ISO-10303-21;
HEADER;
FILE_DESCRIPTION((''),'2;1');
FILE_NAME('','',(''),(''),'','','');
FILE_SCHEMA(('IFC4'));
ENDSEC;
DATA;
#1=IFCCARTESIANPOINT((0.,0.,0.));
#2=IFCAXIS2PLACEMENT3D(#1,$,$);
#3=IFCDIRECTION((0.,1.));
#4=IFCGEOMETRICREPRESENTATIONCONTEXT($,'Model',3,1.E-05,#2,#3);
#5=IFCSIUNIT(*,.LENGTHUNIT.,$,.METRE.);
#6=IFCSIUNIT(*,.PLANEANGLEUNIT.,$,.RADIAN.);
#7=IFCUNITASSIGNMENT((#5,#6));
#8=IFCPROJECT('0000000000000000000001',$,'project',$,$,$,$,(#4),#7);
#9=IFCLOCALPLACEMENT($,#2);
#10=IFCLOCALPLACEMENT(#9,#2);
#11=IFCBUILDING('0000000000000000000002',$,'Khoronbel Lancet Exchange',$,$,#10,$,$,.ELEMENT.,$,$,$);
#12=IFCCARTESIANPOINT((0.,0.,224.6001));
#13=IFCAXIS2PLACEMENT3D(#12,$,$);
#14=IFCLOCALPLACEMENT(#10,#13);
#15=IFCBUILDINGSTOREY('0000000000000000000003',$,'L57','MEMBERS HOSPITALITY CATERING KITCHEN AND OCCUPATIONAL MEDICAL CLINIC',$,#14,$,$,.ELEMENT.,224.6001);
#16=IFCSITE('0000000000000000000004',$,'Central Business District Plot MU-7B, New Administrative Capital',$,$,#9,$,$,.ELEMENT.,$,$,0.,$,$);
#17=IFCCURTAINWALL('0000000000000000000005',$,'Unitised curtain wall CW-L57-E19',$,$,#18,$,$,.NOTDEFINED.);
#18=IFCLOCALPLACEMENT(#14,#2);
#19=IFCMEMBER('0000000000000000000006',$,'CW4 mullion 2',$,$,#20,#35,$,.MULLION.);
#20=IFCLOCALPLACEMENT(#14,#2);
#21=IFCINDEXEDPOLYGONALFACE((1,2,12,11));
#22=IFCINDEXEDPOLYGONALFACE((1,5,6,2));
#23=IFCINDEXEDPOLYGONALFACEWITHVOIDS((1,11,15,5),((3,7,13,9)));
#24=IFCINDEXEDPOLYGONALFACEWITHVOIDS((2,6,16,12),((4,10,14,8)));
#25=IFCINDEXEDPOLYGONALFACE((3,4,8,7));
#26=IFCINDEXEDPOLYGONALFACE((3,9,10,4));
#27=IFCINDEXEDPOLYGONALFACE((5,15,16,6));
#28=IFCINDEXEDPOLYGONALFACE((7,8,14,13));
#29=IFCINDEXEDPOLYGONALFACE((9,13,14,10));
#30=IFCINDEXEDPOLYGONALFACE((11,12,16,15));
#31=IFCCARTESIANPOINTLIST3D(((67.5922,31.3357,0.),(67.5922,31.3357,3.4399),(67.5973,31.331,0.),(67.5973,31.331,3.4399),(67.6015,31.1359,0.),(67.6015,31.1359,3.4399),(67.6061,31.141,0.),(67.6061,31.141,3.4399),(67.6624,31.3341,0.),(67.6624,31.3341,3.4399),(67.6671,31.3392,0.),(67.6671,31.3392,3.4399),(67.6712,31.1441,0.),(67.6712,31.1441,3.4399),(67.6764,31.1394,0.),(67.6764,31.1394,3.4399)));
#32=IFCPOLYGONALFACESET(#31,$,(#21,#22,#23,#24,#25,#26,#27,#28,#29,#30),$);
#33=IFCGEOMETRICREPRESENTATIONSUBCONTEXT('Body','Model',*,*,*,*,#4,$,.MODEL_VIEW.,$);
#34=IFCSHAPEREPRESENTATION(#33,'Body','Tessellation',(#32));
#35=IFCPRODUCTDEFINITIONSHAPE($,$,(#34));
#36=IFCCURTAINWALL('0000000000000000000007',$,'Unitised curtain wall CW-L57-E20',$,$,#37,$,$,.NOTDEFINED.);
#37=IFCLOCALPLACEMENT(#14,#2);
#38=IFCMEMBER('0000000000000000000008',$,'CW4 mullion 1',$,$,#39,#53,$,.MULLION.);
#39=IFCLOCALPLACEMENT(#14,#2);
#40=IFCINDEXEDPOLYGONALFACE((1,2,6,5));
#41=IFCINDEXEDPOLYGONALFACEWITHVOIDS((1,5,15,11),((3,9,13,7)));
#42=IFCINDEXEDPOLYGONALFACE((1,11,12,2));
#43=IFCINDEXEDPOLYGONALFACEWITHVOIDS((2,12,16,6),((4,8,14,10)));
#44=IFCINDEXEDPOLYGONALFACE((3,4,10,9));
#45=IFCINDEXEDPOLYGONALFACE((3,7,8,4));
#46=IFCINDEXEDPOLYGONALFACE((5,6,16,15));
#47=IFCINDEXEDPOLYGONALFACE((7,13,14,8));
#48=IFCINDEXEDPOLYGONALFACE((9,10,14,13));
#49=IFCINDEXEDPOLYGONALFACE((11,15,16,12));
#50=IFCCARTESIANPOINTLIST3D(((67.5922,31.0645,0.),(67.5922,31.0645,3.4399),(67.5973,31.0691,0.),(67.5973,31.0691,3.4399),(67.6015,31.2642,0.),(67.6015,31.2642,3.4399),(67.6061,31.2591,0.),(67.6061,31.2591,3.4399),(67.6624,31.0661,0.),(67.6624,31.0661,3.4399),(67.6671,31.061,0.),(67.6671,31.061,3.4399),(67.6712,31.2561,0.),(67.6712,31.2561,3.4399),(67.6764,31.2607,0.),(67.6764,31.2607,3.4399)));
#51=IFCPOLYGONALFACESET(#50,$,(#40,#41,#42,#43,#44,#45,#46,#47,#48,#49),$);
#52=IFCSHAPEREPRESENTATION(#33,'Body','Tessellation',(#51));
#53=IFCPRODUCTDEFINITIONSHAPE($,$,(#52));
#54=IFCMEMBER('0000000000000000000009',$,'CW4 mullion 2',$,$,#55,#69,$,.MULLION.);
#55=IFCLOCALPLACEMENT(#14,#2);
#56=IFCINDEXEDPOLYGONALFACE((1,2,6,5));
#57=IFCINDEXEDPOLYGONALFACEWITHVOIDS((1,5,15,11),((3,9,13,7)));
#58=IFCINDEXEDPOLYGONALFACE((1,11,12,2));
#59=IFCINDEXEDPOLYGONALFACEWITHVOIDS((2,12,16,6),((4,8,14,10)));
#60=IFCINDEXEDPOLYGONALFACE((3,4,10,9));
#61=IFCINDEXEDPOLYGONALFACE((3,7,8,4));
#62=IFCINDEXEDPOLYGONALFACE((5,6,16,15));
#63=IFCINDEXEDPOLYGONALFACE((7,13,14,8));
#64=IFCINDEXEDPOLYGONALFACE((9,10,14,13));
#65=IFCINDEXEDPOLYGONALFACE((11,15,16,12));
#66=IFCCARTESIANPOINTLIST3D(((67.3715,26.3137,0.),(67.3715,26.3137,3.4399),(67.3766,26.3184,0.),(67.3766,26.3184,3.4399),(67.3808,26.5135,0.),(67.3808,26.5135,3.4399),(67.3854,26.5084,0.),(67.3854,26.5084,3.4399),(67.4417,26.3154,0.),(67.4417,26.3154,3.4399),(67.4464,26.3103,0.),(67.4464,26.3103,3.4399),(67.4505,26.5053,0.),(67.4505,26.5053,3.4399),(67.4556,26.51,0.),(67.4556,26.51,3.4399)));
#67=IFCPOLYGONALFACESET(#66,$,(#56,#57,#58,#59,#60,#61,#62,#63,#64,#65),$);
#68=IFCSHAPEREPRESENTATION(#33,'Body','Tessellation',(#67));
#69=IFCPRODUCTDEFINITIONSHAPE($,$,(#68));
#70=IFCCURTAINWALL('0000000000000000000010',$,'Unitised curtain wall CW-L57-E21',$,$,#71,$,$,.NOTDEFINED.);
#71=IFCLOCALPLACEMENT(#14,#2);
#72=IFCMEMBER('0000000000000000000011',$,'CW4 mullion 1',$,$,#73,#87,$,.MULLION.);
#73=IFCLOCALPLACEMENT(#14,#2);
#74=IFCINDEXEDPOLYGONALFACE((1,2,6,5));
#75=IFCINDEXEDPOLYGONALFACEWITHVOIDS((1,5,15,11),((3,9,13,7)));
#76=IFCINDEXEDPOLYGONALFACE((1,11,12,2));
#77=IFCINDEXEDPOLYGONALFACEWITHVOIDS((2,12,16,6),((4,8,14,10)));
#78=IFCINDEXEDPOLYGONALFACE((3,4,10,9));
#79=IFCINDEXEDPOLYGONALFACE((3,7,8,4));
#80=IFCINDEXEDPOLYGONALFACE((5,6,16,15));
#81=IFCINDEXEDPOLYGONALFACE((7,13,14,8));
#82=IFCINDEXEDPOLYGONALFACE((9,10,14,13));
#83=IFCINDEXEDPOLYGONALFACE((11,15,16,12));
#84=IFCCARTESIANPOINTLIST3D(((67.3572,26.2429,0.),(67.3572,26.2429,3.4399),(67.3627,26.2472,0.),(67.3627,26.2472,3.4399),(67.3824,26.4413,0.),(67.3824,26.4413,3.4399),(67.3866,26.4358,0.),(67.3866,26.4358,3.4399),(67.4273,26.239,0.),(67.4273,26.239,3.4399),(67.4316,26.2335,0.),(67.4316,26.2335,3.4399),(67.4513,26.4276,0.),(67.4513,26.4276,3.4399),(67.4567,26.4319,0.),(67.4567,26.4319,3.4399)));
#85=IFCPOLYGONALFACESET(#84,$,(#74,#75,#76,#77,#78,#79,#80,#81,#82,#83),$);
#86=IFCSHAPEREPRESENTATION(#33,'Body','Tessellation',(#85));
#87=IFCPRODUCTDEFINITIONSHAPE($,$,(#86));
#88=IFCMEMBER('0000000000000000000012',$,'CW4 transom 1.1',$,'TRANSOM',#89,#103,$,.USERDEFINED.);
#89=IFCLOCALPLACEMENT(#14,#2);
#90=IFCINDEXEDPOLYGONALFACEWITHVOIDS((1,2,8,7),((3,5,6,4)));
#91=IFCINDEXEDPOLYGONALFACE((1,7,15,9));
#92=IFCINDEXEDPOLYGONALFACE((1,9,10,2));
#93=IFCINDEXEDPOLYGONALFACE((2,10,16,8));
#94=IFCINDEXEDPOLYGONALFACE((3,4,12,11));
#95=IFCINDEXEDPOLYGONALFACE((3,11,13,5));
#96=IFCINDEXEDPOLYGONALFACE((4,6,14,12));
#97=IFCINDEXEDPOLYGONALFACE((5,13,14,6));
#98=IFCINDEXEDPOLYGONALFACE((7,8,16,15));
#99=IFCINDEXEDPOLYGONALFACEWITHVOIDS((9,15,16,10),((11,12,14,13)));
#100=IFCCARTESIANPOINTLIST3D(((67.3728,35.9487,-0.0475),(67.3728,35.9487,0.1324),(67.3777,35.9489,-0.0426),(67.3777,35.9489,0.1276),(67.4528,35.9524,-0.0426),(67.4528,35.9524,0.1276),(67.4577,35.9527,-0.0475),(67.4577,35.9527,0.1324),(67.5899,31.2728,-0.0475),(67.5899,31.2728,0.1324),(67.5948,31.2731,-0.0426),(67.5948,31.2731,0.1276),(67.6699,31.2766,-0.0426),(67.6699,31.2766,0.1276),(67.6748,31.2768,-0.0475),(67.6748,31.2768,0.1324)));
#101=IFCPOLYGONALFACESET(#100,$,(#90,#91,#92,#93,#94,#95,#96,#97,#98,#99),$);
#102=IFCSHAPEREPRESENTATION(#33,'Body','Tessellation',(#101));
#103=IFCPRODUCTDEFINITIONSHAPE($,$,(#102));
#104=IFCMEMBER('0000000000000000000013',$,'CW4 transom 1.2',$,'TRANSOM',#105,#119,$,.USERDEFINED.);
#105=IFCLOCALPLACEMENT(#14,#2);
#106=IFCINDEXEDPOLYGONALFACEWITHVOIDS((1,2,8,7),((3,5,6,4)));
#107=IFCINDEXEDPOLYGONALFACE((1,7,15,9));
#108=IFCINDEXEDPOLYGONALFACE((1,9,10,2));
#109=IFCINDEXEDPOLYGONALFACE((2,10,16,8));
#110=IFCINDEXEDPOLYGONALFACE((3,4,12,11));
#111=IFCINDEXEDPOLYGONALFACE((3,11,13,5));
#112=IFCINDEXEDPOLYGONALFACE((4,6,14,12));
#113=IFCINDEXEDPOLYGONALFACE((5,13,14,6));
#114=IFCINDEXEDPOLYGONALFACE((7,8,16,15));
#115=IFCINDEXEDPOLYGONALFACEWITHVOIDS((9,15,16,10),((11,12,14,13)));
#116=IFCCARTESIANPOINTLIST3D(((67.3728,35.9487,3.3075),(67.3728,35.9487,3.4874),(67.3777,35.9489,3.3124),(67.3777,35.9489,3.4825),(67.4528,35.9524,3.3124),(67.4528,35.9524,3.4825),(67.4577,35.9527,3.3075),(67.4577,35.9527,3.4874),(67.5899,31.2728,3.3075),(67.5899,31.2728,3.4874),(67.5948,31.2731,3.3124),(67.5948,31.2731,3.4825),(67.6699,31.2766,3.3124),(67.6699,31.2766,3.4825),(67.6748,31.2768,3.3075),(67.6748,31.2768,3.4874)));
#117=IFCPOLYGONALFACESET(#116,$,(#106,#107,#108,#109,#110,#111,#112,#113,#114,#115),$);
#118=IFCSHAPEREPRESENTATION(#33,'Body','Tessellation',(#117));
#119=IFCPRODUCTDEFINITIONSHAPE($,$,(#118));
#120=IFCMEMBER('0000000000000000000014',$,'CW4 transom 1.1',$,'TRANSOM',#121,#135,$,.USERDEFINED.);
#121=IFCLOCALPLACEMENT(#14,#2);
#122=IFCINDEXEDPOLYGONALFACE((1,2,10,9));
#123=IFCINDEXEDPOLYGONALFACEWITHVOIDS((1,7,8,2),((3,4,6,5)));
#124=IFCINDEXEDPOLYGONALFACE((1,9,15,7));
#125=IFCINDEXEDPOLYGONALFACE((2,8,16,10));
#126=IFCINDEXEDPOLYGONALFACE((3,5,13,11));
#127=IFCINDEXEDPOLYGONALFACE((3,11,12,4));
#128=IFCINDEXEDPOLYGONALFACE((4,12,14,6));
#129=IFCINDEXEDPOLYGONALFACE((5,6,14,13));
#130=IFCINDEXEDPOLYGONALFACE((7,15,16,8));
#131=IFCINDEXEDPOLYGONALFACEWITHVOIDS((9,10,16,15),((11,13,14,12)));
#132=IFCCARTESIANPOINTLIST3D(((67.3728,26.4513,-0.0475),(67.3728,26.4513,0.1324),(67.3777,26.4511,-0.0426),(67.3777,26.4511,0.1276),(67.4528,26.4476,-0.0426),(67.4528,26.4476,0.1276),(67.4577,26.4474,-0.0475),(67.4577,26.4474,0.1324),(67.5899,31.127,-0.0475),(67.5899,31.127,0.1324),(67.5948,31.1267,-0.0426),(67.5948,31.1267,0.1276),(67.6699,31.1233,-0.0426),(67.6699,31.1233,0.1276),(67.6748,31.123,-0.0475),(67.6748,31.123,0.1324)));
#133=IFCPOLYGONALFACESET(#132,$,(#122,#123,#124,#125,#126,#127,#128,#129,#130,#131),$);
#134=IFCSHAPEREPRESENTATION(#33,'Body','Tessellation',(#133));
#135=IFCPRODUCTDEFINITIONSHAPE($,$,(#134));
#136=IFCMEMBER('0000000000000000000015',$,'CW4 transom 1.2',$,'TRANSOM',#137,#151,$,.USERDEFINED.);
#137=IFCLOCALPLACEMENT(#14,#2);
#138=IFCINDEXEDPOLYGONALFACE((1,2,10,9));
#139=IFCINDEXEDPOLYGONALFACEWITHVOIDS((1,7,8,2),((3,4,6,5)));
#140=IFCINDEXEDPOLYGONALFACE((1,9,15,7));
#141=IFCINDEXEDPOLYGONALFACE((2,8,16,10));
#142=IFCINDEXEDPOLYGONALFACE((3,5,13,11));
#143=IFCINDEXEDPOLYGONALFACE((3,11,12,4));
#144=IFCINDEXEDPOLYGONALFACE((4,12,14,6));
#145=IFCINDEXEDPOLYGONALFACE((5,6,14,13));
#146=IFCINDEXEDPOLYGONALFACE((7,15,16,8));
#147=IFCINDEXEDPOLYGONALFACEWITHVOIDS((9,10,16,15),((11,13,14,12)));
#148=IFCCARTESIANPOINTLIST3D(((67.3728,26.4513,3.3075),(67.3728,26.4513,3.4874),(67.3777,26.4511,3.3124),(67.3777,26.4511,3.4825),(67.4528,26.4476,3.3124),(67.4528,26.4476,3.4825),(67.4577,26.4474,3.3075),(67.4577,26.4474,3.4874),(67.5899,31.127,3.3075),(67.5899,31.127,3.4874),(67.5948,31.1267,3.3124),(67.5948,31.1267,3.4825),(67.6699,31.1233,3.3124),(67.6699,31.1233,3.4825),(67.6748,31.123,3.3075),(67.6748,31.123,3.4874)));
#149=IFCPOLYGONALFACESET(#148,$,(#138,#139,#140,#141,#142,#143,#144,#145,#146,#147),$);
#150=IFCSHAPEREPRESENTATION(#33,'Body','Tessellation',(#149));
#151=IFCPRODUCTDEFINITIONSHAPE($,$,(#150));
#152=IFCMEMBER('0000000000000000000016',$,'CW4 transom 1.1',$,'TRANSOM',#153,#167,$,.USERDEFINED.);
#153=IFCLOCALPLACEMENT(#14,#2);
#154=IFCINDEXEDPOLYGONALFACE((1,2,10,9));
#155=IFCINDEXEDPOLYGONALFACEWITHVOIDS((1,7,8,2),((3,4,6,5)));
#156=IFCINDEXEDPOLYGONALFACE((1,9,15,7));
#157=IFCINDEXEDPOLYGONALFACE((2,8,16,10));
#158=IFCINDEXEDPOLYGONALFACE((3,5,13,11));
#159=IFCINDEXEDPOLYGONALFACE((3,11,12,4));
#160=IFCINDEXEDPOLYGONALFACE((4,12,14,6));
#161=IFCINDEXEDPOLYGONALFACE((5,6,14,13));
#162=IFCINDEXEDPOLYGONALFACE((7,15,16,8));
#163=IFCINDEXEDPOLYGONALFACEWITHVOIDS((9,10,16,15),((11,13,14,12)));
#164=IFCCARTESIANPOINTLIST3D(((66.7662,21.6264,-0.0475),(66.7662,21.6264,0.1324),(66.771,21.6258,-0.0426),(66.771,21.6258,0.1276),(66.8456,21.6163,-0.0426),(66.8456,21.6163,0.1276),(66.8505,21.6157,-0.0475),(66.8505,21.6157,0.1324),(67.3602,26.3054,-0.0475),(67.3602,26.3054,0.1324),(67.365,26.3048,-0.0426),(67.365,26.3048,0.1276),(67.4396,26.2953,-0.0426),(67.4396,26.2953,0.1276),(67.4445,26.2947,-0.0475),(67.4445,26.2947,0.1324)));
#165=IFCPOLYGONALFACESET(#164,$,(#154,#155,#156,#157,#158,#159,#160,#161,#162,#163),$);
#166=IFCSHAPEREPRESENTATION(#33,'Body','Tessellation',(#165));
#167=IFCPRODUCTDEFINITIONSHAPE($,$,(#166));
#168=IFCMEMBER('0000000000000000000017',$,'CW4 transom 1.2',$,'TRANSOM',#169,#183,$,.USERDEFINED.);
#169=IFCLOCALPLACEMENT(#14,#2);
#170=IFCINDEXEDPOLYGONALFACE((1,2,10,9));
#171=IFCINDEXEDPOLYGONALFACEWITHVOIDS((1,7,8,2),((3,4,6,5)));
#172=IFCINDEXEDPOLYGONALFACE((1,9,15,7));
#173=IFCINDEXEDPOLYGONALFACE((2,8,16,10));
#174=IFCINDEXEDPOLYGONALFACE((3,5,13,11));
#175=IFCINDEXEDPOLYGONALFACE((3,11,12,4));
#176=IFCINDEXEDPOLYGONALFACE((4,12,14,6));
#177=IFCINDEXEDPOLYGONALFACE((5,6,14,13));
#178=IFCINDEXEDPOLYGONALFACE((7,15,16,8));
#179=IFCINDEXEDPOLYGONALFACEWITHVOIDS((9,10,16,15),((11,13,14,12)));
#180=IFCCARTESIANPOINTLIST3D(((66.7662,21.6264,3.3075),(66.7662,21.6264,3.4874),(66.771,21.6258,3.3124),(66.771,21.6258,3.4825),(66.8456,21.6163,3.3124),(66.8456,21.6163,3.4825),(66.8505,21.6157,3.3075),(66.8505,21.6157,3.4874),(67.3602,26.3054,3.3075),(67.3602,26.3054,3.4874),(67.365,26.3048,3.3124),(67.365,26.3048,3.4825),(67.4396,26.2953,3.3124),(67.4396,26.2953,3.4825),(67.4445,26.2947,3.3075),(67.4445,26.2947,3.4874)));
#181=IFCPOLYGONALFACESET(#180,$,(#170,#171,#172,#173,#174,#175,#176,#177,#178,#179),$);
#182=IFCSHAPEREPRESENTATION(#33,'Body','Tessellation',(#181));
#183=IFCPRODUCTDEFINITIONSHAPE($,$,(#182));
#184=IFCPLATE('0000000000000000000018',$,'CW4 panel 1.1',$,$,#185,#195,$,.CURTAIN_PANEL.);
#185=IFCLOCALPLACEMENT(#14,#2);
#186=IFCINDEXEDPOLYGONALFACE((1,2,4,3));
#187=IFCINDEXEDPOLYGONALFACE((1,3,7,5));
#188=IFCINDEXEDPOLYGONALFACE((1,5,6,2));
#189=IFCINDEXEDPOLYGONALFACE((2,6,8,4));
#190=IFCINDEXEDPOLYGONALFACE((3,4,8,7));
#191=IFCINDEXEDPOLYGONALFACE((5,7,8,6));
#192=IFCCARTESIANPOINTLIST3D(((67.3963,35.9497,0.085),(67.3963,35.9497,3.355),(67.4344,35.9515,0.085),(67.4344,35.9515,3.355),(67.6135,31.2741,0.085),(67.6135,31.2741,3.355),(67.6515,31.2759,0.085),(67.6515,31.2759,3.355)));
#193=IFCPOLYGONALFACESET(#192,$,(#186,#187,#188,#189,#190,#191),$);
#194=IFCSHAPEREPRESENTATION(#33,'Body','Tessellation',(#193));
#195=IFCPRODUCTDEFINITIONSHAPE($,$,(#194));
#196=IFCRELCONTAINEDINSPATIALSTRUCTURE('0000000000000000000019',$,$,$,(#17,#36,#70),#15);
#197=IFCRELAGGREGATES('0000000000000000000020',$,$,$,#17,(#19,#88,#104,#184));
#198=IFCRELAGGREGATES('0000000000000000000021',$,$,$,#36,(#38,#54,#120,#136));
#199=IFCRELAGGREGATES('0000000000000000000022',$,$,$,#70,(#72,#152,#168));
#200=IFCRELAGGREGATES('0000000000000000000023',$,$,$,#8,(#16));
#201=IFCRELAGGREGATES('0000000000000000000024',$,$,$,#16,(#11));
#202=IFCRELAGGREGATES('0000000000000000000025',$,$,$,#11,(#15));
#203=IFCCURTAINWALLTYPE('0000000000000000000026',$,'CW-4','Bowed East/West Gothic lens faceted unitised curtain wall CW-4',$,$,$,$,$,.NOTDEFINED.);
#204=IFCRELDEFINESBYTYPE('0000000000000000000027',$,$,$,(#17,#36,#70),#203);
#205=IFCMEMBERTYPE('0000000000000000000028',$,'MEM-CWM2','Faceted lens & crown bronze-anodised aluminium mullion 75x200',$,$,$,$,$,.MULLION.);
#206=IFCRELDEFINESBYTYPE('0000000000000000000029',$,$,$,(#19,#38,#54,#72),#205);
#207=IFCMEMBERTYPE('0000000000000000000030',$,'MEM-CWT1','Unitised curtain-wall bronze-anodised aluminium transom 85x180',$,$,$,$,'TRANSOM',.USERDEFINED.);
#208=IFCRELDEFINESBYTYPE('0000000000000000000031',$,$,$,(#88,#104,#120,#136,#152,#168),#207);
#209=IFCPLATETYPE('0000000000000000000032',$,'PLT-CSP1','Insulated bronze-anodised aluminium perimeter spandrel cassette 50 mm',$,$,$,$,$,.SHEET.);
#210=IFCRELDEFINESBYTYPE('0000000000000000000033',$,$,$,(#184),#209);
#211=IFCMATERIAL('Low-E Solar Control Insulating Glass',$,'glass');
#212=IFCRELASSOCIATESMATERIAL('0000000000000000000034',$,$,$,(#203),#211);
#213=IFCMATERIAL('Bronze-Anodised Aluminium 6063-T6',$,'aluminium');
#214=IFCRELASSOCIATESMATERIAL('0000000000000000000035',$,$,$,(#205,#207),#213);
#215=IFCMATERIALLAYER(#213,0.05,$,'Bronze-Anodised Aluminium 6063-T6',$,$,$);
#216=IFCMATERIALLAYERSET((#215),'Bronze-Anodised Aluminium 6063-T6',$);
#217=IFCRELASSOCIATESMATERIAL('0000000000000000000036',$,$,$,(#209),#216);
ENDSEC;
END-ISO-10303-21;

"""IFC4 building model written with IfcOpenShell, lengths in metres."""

from ifc_helpers import new_model, si_unit, direction, frame, origin, origin_2d, place, context, subcontext, project, spatial, rectangle, hollow_rectangle, extrude, material, layer, layer_set, material_profile, profile_set, type_object, element, aggregate, save


model = new_model("IFC4")

# Units and contexts
model_context = context("Model", 3, precision=1e-05, world=origin(), true_north=direction((0.0, 1.0)))
body_context = subcontext(model_context, "Body", "Model", "MODEL_VIEW")
ifc_project = project(units=[si_unit("LENGTHUNIT", "METRE"), si_unit("PLANEANGLEUNIT", "RADIAN")], contexts=[model_context])

# Site, building, storey
site_placement = place(None, origin())
site = spatial("IfcSite", under=ifc_project, at=site_placement, Name="Central Business District Plot MU-7B, New Administrative Capital", CompositionType="ELEMENT", RefElevation=0.0)
building_placement = place(site_placement, origin())
building = spatial("IfcBuilding", under=site, at=building_placement, Name="Khoronbel Lancet Exchange", CompositionType="ELEMENT")
storey_placement = place(building_placement, frame((0.0, 0.0, 224.6001)))
storey = spatial("IfcBuildingStorey", under=building, at=storey_placement, Name="L57", Description="MEMBERS HOSPITALITY CATERING KITCHEN AND OCCUPATIONAL MEDICAL CLINIC", CompositionType="ELEMENT", Elevation=224.6001)

# Curtain walls, members
ifc_material_1 = material(Name="Low-E Solar Control Insulating Glass", Category="glass")
curtain_wall_type = type_object("IfcCurtainWallType", Name="CW-4", Description="Bowed East/West Gothic lens faceted unitised curtain wall CW-4", PredefinedType="NOTDEFINED", material=ifc_material_1)
curtain_wall_1_placement = place(storey_placement, origin())
curtain_wall_1 = element("IfcCurtainWall", 1, at=curtain_wall_1_placement, inside=storey, type_object=curtain_wall_type, Name="Unitised curtain wall CW-L57-E19", PredefinedType="NOTDEFINED")
ifc_material_2 = material(Name="Bronze-Anodised Aluminium 6063-T6", Category="aluminium")
ifc_material_profile_1 = material_profile(ifc_material_2, hollow_rectangle(XDim=0.075, YDim=0.2, WallThickness=0.0049, at=origin_2d()), Name="ALU MULLION 75x200")
ifc_profile_set_1 = profile_set([ifc_material_profile_1], Name="Bronze-Anodised Aluminium 6063-T6")
member_type_1 = type_object("IfcMemberType", Name="MEM-CWM2", Description="Faceted lens & crown bronze-anodised aluminium mullion 75x200", PredefinedType="MULLION", material=ifc_profile_set_1)
member_1_placement = place(storey_placement, frame((67.6343, 31.2375, 0.0), z_axis=(0.0, 0.0, 1.0), x_axis=(0.998923, 0.046391, 0.0)))
member_1 = element("IfcMember", 2, at=member_1_placement, type_object=member_type_1, Name="CW4 mullion 2", PredefinedType="MULLION", context=body_context, shape_type="SweptSolid", body=[
    extrude(hollow_rectangle(XDim=0.075, YDim=0.2, WallThickness=0.0049, at=origin_2d()), origin(), (0.0, 0.0, 1.0), 3.4399),
])
curtain_wall_2_placement = place(storey_placement, origin())
curtain_wall_2 = element("IfcCurtainWall", 3, at=curtain_wall_2_placement, inside=storey, type_object=curtain_wall_type, Name="Unitised curtain wall CW-L57-E20", PredefinedType="NOTDEFINED")
member_2_placement = place(storey_placement, frame((67.6343, 31.1626, 0.0), z_axis=(0.0, 0.0, 1.0), x_axis=(0.998923, -0.046391, 0.0)))
member_2 = element("IfcMember", 4, at=member_2_placement, type_object=member_type_1, Name="CW4 mullion 1", PredefinedType="MULLION", context=body_context, shape_type="SweptSolid", body=[
    extrude(hollow_rectangle(XDim=0.075, YDim=0.2, WallThickness=0.0049, at=origin_2d()), origin(), (0.0, 0.0, 1.0), 3.4399),
])
member_3_placement = place(storey_placement, frame((67.4136, 26.4119, 0.0), z_axis=(0.0, 0.0, 1.0), x_axis=(0.998923, -0.046391, 0.0)))
member_3 = element("IfcMember", 5, at=member_3_placement, type_object=member_type_1, Name="CW4 mullion 2", PredefinedType="MULLION", context=body_context, shape_type="SweptSolid", body=[
    extrude(hollow_rectangle(XDim=0.075, YDim=0.2, WallThickness=0.0049, at=origin_2d()), origin(), (0.0, 0.0, 1.0), 3.4399),
])

# Curtain wall, member
curtain_wall_3_placement = place(storey_placement, origin())
curtain_wall_3 = element("IfcCurtainWall", 6, at=curtain_wall_3_placement, inside=storey, type_object=curtain_wall_type, Name="Unitised curtain wall CW-L57-E21", PredefinedType="NOTDEFINED")
member_4_placement = place(storey_placement, frame((67.407, 26.3374, 0.0), z_axis=(0.0, 0.0, 1.0), x_axis=(0.99204, -0.125921, 0.0)))
member_4 = element("IfcMember", 7, at=member_4_placement, type_object=member_type_1, Name="CW4 mullion 1", PredefinedType="MULLION", context=body_context, shape_type="SweptSolid", body=[
    extrude(hollow_rectangle(XDim=0.075, YDim=0.2, WallThickness=0.0049, at=origin_2d()), origin(), (0.0, 0.0, 1.0), 3.4399),
])

# Members
ifc_material_profile_2 = material_profile(ifc_material_2, hollow_rectangle(XDim=0.085, YDim=0.1799, WallThickness=0.0049, at=origin_2d()), Name="ALU TRANSOM 85x180")
ifc_profile_set_2 = profile_set([ifc_material_profile_2], Name="Bronze-Anodised Aluminium 6063-T6")
member_type_2 = type_object("IfcMemberType", Name="MEM-CWT1", Description="Unitised curtain-wall bronze-anodised aluminium transom 85x180", ElementType="TRANSOM", PredefinedType="USERDEFINED", material=ifc_profile_set_2)
member_5_placement = place(storey_placement, frame((67.4153, 35.9507, 0.0425), z_axis=(0.046368, -0.998924, 0.0), x_axis=(0.998924, 0.046368, 0.0)))
member_5 = element("IfcMember", 8, at=member_5_placement, type_object=member_type_2, Name="CW4 transom 1.1", ObjectType="TRANSOM", PredefinedType="USERDEFINED", context=body_context, shape_type="SweptSolid", body=[
    extrude(hollow_rectangle(XDim=0.085, YDim=0.1799, WallThickness=0.0049, at=origin_2d()), origin(), (0.0, 0.0, 1.0), 4.6809),
])
member_6_placement = place(storey_placement, frame((67.4153, 35.9507, 3.3975), z_axis=(0.046368, -0.998924, 0.0), x_axis=(0.998924, 0.046368, 0.0)))
member_6 = element("IfcMember", 9, at=member_6_placement, type_object=member_type_2, Name="CW4 transom 1.2", ObjectType="TRANSOM", PredefinedType="USERDEFINED", context=body_context, shape_type="SweptSolid", body=[
    extrude(hollow_rectangle(XDim=0.085, YDim=0.1799, WallThickness=0.0049, at=origin_2d()), origin(), (0.0, 0.0, 1.0), 4.6809),
])
member_7_placement = place(storey_placement, frame((67.6323, 31.125, 0.0425), z_axis=(-0.046371, -0.998924, 0.0), x_axis=(0.998924, -0.046371, 0.0)))
member_7 = element("IfcMember", 10, at=member_7_placement, type_object=member_type_2, Name="CW4 transom 1.1", ObjectType="TRANSOM", PredefinedType="USERDEFINED", context=body_context, shape_type="SweptSolid", body=[
    extrude(hollow_rectangle(XDim=0.085, YDim=0.1799, WallThickness=0.0049, at=origin_2d()), origin(), (0.0, 0.0, 1.0), 4.6807),
])
member_8_placement = place(storey_placement, frame((67.6323, 31.125, 3.3975), z_axis=(-0.046371, -0.998924, 0.0), x_axis=(0.998924, -0.046371, 0.0)))
member_8 = element("IfcMember", 11, at=member_8_placement, type_object=member_type_2, Name="CW4 transom 1.2", ObjectType="TRANSOM", PredefinedType="USERDEFINED", context=body_context, shape_type="SweptSolid", body=[
    extrude(hollow_rectangle(XDim=0.085, YDim=0.1799, WallThickness=0.0049, at=origin_2d()), origin(), (0.0, 0.0, 1.0), 4.6807),
])
member_9_placement = place(storey_placement, frame((67.4023, 26.3, 0.0425), z_axis=(-0.125939, -0.992038, 0.0), x_axis=(0.992038, -0.125939, 0.0)))
member_9 = element("IfcMember", 12, at=member_9_placement, type_object=member_type_2, Name="CW4 transom 1.1", ObjectType="TRANSOM", PredefinedType="USERDEFINED", context=body_context, shape_type="SweptSolid", body=[
    extrude(hollow_rectangle(XDim=0.085, YDim=0.1799, WallThickness=0.0049, at=origin_2d()), origin(), (0.0, 0.0, 1.0), 4.7166),
])
member_10_placement = place(storey_placement, frame((67.4023, 26.3, 3.3975), z_axis=(-0.125939, -0.992038, 0.0), x_axis=(0.992038, -0.125939, 0.0)))
member_10 = element("IfcMember", 13, at=member_10_placement, type_object=member_type_2, Name="CW4 transom 1.2", ObjectType="TRANSOM", PredefinedType="USERDEFINED", context=body_context, shape_type="SweptSolid", body=[
    extrude(hollow_rectangle(XDim=0.085, YDim=0.1799, WallThickness=0.0049, at=origin_2d()), origin(), (0.0, 0.0, 1.0), 4.7166),
])

# Plate
ifc_layer_1 = layer(ifc_material_2, 0.05, Name="Bronze-Anodised Aluminium 6063-T6")
ifc_layer_set_1 = layer_set([ifc_layer_1], Name="Bronze-Anodised Aluminium 6063-T6")
plate_type = type_object("IfcPlateType", Name="PLT-CSP1", Description="Insulated bronze-anodised aluminium perimeter spandrel cassette 50 mm", PredefinedType="SHEET", material=ifc_layer_set_1)
plate_1_placement = place(storey_placement, frame((67.5239, 33.6128, 0.085), z_axis=(0.0, 0.0, 1.0), x_axis=(0.046391, -0.998923, 0.0)))
plate_1 = element("IfcPlate", 14, at=plate_1_placement, type_object=plate_type, Name="CW4 panel 1.1", PredefinedType="CURTAIN_PANEL", context=body_context, shape_type="SweptSolid", body=[
    extrude(rectangle(XDim=4.6807, YDim=0.0381, at=origin_2d()), origin(), (0.0, 0.0, 1.0), 3.27),
])
aggregate(curtain_wall_1, [member_1, member_5, member_6, plate_1])
aggregate(curtain_wall_2, [member_2, member_3, member_7, member_8])
aggregate(curtain_wall_3, [member_4, member_9, member_10])

save(model, "model.ifc")
